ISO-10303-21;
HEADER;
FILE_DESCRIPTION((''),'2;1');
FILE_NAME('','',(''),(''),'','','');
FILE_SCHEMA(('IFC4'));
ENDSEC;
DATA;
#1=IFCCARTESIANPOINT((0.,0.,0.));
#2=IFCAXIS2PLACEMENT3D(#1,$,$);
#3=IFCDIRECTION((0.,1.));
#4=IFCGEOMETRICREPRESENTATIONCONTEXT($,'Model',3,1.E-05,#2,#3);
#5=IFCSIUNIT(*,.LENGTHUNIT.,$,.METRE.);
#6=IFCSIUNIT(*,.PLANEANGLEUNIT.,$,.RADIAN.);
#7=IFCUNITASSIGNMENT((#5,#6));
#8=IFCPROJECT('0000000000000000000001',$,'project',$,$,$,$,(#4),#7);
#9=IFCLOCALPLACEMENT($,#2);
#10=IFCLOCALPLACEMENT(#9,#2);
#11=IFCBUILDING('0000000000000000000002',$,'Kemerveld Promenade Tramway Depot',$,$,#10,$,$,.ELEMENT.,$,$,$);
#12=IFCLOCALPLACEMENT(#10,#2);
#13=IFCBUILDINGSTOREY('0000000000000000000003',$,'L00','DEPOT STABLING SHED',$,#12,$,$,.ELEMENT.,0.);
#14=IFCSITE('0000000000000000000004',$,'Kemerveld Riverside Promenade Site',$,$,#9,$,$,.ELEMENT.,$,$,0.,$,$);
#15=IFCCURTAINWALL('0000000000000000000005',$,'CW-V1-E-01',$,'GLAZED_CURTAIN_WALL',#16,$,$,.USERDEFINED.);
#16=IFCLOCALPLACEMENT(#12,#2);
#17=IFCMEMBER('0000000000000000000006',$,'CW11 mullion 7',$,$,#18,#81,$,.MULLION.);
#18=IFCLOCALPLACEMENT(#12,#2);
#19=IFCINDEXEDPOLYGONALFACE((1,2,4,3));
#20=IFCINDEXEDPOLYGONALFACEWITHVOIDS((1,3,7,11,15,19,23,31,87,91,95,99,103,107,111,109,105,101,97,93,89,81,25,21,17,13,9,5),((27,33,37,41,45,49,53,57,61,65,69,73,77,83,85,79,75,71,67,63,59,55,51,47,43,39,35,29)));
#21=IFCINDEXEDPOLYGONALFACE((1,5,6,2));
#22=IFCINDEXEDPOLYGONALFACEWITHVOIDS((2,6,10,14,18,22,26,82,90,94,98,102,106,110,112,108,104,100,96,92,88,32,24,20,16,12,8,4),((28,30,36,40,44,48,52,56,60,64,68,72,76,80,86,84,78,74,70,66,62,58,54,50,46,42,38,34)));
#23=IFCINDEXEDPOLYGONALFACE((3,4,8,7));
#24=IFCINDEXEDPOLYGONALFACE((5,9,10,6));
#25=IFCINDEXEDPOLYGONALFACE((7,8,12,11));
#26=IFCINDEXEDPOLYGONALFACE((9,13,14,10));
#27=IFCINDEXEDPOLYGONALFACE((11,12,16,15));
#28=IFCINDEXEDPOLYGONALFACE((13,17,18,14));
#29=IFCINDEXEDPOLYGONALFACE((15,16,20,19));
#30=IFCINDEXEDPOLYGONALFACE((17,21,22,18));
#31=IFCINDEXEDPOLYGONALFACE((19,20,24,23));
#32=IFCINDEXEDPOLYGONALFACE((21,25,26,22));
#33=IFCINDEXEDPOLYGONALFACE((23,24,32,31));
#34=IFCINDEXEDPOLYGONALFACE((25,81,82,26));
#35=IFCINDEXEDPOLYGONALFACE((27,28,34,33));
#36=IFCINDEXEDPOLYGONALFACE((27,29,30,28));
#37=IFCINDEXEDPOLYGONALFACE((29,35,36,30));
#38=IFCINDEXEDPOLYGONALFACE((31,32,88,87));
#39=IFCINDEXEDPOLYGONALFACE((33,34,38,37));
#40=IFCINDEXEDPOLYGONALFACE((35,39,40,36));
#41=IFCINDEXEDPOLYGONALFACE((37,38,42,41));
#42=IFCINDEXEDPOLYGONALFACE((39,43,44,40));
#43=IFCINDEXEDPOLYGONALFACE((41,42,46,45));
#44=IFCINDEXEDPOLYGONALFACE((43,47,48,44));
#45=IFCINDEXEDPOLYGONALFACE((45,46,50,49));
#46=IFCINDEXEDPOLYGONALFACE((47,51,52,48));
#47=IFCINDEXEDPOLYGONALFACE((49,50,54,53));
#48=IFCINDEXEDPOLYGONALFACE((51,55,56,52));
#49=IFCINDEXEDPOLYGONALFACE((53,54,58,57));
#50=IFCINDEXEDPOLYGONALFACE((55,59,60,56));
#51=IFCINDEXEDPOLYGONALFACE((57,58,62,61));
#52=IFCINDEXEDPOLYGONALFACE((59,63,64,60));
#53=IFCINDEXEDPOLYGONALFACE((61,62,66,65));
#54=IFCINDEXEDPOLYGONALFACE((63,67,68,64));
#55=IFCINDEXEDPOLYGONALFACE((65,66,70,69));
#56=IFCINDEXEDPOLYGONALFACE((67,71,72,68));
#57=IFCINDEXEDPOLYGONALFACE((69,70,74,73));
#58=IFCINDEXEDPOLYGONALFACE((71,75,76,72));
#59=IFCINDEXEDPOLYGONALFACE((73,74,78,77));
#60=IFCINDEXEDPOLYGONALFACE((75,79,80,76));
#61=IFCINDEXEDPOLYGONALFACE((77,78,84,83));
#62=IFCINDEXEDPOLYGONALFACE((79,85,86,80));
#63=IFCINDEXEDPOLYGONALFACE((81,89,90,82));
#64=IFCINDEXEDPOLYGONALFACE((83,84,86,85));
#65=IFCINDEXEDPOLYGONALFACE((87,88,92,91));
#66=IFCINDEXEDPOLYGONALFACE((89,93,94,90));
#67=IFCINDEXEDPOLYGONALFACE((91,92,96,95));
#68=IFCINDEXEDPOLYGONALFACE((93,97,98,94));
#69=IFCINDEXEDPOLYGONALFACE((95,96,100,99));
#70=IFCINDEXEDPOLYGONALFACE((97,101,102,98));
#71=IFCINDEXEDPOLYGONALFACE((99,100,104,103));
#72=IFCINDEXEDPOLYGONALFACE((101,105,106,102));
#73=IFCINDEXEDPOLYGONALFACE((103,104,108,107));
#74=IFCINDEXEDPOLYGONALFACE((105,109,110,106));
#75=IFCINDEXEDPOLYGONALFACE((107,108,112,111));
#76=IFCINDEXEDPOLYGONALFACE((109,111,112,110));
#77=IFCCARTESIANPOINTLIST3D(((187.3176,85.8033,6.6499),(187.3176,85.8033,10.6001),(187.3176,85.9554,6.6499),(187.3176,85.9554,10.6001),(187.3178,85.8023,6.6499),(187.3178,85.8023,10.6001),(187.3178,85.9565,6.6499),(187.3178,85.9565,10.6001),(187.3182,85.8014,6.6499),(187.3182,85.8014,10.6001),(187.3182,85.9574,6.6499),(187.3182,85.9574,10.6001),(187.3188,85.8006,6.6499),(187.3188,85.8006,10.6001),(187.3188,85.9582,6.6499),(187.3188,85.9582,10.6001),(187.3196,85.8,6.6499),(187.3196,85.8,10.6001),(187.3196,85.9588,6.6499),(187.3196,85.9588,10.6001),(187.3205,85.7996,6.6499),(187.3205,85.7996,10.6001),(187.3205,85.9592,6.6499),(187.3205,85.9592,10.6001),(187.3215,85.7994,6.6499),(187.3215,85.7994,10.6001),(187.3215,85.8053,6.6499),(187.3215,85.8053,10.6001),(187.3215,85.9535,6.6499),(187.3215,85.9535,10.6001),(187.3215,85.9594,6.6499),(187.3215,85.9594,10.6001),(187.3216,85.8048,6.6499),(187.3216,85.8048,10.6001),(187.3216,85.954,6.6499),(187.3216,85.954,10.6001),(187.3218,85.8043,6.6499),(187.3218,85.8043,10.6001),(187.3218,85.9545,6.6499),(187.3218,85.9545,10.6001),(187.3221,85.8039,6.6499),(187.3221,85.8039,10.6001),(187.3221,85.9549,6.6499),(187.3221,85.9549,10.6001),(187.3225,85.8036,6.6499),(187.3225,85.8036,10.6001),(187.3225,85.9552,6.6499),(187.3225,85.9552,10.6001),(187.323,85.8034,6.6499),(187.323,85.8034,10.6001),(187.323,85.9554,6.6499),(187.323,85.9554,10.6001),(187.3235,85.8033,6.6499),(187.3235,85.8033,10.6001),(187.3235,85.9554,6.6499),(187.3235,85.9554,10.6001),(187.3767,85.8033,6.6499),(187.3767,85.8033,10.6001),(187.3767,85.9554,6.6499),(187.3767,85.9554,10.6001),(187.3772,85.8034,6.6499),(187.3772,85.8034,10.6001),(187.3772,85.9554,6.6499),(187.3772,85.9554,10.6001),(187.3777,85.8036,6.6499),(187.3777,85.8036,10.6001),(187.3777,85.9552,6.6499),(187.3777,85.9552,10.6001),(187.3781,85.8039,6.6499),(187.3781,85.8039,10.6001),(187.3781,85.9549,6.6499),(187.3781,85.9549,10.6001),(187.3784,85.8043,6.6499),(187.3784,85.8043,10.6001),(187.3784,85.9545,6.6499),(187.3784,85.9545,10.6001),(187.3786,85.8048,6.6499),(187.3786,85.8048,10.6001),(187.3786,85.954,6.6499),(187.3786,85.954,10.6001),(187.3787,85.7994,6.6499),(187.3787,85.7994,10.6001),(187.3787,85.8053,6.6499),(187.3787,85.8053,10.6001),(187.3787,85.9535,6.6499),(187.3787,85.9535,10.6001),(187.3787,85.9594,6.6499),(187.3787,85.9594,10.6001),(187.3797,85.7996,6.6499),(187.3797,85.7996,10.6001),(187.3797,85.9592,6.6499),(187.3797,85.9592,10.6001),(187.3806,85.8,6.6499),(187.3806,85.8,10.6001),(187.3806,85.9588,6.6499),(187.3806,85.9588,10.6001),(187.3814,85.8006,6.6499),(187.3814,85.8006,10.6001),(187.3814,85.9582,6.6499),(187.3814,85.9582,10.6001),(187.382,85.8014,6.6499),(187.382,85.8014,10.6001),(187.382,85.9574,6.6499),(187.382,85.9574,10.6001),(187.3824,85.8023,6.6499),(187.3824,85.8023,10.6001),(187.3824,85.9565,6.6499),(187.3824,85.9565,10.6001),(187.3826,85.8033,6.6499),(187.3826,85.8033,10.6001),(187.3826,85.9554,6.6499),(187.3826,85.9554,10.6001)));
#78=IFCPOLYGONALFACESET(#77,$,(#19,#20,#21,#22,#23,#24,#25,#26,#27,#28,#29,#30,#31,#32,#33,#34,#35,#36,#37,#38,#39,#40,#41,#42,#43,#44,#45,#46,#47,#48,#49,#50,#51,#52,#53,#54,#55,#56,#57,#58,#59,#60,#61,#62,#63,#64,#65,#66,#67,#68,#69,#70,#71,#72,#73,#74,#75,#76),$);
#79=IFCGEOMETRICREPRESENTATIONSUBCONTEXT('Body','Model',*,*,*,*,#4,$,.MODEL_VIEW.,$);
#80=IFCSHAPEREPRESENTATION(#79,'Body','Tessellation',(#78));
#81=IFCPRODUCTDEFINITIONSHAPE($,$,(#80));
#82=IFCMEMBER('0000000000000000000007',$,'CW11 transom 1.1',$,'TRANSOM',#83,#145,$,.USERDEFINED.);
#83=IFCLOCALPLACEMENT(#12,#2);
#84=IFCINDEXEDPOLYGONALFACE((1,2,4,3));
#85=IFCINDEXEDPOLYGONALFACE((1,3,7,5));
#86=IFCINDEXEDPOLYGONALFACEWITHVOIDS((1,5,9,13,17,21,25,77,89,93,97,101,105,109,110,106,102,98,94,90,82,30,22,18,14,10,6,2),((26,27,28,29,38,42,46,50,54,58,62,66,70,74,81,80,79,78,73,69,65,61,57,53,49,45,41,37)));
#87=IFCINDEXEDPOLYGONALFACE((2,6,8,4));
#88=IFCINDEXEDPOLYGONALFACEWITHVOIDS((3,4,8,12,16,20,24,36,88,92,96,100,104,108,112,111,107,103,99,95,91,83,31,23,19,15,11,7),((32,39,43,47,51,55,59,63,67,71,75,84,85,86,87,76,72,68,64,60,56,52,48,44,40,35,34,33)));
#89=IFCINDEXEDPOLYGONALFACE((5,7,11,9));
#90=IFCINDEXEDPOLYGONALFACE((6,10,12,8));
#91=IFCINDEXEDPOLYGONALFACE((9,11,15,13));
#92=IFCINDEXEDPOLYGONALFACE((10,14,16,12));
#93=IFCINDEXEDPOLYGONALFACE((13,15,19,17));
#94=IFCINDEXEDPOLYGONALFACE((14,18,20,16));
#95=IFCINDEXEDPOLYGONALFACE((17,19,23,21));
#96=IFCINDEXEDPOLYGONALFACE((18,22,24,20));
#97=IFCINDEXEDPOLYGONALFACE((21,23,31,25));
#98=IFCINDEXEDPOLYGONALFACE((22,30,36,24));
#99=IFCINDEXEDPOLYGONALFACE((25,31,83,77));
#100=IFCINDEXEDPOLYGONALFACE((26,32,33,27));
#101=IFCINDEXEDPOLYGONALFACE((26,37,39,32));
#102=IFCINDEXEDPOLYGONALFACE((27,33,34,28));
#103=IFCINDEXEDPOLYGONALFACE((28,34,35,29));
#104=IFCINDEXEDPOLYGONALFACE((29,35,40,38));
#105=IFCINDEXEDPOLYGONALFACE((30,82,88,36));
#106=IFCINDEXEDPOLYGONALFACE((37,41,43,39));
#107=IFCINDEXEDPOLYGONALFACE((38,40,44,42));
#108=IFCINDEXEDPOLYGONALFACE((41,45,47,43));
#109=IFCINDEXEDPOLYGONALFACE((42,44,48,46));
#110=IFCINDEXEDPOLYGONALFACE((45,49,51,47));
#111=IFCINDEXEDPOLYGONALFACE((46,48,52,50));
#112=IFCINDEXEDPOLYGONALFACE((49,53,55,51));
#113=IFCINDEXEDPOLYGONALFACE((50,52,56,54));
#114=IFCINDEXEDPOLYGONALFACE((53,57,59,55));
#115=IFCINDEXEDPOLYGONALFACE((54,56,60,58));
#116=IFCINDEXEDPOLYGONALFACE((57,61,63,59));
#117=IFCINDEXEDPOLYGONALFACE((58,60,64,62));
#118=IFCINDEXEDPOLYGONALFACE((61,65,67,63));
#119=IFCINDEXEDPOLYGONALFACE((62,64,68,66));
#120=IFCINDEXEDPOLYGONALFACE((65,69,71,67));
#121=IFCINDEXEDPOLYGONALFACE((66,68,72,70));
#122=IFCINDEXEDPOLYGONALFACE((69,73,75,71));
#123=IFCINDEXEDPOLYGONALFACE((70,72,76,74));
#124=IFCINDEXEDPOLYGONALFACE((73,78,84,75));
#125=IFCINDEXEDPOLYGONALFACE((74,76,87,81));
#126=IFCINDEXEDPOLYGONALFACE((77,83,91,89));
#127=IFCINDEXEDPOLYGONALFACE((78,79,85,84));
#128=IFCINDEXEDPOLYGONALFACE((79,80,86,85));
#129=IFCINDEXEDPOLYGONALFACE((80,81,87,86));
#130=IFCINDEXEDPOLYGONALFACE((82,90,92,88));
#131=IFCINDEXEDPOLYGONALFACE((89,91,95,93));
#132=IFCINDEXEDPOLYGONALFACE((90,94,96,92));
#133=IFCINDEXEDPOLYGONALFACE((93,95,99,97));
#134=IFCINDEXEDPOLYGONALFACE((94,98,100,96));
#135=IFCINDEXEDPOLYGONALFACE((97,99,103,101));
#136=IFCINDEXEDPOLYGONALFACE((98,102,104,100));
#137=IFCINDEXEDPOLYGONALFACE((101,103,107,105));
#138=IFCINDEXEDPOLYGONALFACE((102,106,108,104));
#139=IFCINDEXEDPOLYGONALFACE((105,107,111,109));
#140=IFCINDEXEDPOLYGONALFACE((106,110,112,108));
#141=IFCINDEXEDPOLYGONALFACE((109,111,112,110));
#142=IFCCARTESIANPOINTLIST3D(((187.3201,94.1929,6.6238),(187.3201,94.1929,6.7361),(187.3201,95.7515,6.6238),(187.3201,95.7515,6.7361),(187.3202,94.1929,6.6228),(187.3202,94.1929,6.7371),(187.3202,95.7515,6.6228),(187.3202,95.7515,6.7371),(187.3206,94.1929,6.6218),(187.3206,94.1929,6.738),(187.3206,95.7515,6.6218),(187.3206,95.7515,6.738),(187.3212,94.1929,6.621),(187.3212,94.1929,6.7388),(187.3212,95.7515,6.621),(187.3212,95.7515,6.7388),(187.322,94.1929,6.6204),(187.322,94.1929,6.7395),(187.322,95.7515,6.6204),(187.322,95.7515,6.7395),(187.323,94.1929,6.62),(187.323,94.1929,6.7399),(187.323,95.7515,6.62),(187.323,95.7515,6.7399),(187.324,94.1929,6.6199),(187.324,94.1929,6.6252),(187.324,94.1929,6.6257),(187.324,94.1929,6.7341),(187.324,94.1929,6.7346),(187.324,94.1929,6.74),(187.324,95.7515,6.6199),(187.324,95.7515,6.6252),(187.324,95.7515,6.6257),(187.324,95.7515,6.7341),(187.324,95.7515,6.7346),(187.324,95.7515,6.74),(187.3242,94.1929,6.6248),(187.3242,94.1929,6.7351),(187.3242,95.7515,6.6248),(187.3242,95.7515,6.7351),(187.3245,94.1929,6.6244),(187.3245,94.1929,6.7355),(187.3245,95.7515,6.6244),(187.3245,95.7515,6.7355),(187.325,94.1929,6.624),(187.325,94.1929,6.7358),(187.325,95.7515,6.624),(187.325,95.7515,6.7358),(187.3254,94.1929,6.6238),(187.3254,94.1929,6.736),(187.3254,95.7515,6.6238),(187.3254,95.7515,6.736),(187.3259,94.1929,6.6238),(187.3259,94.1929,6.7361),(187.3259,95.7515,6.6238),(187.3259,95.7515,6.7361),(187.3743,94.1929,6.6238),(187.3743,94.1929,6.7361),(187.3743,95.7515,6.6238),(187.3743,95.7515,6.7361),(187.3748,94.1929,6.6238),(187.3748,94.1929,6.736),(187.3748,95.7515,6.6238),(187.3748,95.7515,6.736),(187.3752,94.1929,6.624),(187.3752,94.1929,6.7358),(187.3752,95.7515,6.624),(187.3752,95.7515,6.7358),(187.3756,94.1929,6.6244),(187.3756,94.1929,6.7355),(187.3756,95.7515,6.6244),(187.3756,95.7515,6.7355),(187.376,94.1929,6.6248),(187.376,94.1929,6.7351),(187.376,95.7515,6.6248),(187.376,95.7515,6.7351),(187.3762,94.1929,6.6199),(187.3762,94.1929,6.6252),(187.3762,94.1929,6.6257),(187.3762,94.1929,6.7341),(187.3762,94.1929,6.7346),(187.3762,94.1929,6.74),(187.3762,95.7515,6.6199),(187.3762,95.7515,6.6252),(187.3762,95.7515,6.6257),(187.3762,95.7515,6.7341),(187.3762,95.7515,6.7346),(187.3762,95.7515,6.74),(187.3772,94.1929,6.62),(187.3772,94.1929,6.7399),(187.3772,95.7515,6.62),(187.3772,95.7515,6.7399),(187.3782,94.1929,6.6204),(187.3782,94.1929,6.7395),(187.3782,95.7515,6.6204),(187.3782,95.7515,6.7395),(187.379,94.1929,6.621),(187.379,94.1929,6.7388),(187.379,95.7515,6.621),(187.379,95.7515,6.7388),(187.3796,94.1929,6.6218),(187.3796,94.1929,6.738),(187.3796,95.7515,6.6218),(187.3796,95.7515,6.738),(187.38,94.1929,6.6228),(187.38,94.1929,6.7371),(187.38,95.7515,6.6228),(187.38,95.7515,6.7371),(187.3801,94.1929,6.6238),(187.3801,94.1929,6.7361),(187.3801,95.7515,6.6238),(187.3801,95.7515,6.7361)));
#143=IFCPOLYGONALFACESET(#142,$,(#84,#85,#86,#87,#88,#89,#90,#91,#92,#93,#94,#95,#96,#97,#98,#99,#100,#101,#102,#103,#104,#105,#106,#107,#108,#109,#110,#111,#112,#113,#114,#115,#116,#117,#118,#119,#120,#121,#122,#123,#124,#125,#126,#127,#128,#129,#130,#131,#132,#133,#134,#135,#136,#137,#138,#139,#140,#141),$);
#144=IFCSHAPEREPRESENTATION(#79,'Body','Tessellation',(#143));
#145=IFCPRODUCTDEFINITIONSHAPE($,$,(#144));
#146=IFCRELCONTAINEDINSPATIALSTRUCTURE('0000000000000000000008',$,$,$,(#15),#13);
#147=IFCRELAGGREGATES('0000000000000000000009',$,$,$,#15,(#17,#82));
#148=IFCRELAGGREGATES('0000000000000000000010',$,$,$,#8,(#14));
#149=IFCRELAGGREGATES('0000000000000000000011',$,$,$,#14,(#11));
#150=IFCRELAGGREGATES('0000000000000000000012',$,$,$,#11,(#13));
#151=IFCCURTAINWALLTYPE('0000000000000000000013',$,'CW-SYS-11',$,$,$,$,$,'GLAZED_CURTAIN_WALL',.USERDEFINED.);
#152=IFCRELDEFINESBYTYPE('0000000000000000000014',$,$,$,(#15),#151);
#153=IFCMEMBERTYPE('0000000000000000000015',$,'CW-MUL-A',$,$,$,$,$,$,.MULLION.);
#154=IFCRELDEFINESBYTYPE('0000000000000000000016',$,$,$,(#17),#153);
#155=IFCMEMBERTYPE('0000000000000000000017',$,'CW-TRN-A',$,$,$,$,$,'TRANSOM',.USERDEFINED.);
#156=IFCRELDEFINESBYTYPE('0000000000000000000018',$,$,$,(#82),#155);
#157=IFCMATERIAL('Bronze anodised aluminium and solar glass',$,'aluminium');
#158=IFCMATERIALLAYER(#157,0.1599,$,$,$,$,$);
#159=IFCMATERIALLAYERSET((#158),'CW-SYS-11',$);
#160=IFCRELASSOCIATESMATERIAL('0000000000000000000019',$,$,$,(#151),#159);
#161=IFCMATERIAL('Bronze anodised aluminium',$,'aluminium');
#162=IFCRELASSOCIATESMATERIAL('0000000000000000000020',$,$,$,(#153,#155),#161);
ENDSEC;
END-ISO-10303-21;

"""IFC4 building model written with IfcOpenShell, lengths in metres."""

from ifc_helpers import new_model, si_unit, direction, frame, origin, origin_2d, place, context, subcontext, project, spatial, hollow_rectangle, extrude, material, layer, layer_set, material_profile, profile_set, type_object, element, aggregate, save


model = new_model("IFC4")

# Units and contexts
model_context = context("Model", 3, precision=1e-05, world=origin(), true_north=direction((0.0, 1.0)))
body_context = subcontext(model_context, "Body", "Model", "MODEL_VIEW")
ifc_project = project(units=[si_unit("LENGTHUNIT", "METRE"), si_unit("PLANEANGLEUNIT", "RADIAN")], contexts=[model_context])

# Site, building, storey
site_placement = place(None, origin())
site = spatial("IfcSite", under=ifc_project, at=site_placement, Name="Kemerveld Riverside Promenade Site", CompositionType="ELEMENT", RefElevation=0.0)
building_placement = place(site_placement, origin())
building = spatial("IfcBuilding", under=site, at=building_placement, Name="Kemerveld Promenade Tramway Depot", CompositionType="ELEMENT")
storey_placement = place(building_placement, origin())
storey = spatial("IfcBuildingStorey", under=building, at=storey_placement, Name="L00", Description="DEPOT STABLING SHED", CompositionType="ELEMENT", Elevation=0.0)

# Curtain wall, members
ifc_material_1 = material(Name="Bronze anodised aluminium and solar glass", Category="aluminium")
ifc_layer_1 = layer(ifc_material_1, 0.1599)
ifc_layer_set_1 = layer_set([ifc_layer_1], Name="CW-SYS-11")
curtain_wall_type = type_object("IfcCurtainWallType", Name="CW-SYS-11", ElementType="GLAZED_CURTAIN_WALL", PredefinedType="USERDEFINED", material=ifc_layer_set_1)
curtain_wall_placement = place(storey_placement, origin())
curtain_wall = element("IfcCurtainWall", 1, at=curtain_wall_placement, inside=storey, type_object=curtain_wall_type, Name="CW-V1-E-01", ObjectType="GLAZED_CURTAIN_WALL", PredefinedType="USERDEFINED")
ifc_material_2 = material(Name="Bronze anodised aluminium", Category="aluminium")
ifc_material_profile_1 = material_profile(ifc_material_2, hollow_rectangle(XDim=0.0649, YDim=0.1599, WallThickness=0.0039, InnerFilletRadius=0.002, OuterFilletRadius=0.0039, at=origin_2d()), Name="CW-MUL-160x65")
ifc_profile_set_1 = profile_set([ifc_material_profile_1], Name="Bronze anodised aluminium")
member_type_1 = type_object("IfcMemberType", Name="CW-MUL-A", PredefinedType="MULLION", material=ifc_profile_set_1)
member_1_placement = place(storey_placement, frame((187.3501, 85.8794, 6.6499), z_axis=(0.0, 0.0, 1.0), x_axis=(1.0, 0.0, 0.0)))
member_1 = element("IfcMember", 2, at=member_1_placement, type_object=member_type_1, Name="CW11 mullion 7", PredefinedType="MULLION", context=body_context, shape_type="SweptSolid", body=[
    extrude(hollow_rectangle(XDim=0.0649, YDim=0.1599, WallThickness=0.0039, InnerFilletRadius=0.002, OuterFilletRadius=0.0039, at=origin_2d()), origin(), (0.0, 0.0, 1.0), 3.9502),
])
ifc_material_profile_2 = material_profile(ifc_material_2, hollow_rectangle(XDim=0.0601, YDim=0.1201, WallThickness=0.0039, InnerFilletRadius=0.002, OuterFilletRadius=0.0039, at=origin_2d()), Name="CW-TRN-120x60")
ifc_profile_set_2 = profile_set([ifc_material_profile_2], Name="Bronze anodised aluminium")
member_type_2 = type_object("IfcMemberType", Name="CW-TRN-A", ElementType="TRANSOM", PredefinedType="USERDEFINED", material=ifc_profile_set_2)
member_2_placement = place(storey_placement, frame((187.3501, 95.7515, 6.6799), z_axis=(0.0, -1.0, 0.0), x_axis=(1.0, 0.0, 0.0)))
member_2 = element("IfcMember", 3, at=member_2_placement, type_object=member_type_2, Name="CW11 transom 1.1", ObjectType="TRANSOM", PredefinedType="USERDEFINED", context=body_context, shape_type="SweptSolid", body=[
    extrude(hollow_rectangle(XDim=0.0601, YDim=0.1201, WallThickness=0.0039, InnerFilletRadius=0.002, OuterFilletRadius=0.0039, at=origin_2d()), origin(), (0.0, 0.0, 1.0), 1.5586),
])
aggregate(curtain_wall, [member_1, member_2])

save(model, "model.ifc")
